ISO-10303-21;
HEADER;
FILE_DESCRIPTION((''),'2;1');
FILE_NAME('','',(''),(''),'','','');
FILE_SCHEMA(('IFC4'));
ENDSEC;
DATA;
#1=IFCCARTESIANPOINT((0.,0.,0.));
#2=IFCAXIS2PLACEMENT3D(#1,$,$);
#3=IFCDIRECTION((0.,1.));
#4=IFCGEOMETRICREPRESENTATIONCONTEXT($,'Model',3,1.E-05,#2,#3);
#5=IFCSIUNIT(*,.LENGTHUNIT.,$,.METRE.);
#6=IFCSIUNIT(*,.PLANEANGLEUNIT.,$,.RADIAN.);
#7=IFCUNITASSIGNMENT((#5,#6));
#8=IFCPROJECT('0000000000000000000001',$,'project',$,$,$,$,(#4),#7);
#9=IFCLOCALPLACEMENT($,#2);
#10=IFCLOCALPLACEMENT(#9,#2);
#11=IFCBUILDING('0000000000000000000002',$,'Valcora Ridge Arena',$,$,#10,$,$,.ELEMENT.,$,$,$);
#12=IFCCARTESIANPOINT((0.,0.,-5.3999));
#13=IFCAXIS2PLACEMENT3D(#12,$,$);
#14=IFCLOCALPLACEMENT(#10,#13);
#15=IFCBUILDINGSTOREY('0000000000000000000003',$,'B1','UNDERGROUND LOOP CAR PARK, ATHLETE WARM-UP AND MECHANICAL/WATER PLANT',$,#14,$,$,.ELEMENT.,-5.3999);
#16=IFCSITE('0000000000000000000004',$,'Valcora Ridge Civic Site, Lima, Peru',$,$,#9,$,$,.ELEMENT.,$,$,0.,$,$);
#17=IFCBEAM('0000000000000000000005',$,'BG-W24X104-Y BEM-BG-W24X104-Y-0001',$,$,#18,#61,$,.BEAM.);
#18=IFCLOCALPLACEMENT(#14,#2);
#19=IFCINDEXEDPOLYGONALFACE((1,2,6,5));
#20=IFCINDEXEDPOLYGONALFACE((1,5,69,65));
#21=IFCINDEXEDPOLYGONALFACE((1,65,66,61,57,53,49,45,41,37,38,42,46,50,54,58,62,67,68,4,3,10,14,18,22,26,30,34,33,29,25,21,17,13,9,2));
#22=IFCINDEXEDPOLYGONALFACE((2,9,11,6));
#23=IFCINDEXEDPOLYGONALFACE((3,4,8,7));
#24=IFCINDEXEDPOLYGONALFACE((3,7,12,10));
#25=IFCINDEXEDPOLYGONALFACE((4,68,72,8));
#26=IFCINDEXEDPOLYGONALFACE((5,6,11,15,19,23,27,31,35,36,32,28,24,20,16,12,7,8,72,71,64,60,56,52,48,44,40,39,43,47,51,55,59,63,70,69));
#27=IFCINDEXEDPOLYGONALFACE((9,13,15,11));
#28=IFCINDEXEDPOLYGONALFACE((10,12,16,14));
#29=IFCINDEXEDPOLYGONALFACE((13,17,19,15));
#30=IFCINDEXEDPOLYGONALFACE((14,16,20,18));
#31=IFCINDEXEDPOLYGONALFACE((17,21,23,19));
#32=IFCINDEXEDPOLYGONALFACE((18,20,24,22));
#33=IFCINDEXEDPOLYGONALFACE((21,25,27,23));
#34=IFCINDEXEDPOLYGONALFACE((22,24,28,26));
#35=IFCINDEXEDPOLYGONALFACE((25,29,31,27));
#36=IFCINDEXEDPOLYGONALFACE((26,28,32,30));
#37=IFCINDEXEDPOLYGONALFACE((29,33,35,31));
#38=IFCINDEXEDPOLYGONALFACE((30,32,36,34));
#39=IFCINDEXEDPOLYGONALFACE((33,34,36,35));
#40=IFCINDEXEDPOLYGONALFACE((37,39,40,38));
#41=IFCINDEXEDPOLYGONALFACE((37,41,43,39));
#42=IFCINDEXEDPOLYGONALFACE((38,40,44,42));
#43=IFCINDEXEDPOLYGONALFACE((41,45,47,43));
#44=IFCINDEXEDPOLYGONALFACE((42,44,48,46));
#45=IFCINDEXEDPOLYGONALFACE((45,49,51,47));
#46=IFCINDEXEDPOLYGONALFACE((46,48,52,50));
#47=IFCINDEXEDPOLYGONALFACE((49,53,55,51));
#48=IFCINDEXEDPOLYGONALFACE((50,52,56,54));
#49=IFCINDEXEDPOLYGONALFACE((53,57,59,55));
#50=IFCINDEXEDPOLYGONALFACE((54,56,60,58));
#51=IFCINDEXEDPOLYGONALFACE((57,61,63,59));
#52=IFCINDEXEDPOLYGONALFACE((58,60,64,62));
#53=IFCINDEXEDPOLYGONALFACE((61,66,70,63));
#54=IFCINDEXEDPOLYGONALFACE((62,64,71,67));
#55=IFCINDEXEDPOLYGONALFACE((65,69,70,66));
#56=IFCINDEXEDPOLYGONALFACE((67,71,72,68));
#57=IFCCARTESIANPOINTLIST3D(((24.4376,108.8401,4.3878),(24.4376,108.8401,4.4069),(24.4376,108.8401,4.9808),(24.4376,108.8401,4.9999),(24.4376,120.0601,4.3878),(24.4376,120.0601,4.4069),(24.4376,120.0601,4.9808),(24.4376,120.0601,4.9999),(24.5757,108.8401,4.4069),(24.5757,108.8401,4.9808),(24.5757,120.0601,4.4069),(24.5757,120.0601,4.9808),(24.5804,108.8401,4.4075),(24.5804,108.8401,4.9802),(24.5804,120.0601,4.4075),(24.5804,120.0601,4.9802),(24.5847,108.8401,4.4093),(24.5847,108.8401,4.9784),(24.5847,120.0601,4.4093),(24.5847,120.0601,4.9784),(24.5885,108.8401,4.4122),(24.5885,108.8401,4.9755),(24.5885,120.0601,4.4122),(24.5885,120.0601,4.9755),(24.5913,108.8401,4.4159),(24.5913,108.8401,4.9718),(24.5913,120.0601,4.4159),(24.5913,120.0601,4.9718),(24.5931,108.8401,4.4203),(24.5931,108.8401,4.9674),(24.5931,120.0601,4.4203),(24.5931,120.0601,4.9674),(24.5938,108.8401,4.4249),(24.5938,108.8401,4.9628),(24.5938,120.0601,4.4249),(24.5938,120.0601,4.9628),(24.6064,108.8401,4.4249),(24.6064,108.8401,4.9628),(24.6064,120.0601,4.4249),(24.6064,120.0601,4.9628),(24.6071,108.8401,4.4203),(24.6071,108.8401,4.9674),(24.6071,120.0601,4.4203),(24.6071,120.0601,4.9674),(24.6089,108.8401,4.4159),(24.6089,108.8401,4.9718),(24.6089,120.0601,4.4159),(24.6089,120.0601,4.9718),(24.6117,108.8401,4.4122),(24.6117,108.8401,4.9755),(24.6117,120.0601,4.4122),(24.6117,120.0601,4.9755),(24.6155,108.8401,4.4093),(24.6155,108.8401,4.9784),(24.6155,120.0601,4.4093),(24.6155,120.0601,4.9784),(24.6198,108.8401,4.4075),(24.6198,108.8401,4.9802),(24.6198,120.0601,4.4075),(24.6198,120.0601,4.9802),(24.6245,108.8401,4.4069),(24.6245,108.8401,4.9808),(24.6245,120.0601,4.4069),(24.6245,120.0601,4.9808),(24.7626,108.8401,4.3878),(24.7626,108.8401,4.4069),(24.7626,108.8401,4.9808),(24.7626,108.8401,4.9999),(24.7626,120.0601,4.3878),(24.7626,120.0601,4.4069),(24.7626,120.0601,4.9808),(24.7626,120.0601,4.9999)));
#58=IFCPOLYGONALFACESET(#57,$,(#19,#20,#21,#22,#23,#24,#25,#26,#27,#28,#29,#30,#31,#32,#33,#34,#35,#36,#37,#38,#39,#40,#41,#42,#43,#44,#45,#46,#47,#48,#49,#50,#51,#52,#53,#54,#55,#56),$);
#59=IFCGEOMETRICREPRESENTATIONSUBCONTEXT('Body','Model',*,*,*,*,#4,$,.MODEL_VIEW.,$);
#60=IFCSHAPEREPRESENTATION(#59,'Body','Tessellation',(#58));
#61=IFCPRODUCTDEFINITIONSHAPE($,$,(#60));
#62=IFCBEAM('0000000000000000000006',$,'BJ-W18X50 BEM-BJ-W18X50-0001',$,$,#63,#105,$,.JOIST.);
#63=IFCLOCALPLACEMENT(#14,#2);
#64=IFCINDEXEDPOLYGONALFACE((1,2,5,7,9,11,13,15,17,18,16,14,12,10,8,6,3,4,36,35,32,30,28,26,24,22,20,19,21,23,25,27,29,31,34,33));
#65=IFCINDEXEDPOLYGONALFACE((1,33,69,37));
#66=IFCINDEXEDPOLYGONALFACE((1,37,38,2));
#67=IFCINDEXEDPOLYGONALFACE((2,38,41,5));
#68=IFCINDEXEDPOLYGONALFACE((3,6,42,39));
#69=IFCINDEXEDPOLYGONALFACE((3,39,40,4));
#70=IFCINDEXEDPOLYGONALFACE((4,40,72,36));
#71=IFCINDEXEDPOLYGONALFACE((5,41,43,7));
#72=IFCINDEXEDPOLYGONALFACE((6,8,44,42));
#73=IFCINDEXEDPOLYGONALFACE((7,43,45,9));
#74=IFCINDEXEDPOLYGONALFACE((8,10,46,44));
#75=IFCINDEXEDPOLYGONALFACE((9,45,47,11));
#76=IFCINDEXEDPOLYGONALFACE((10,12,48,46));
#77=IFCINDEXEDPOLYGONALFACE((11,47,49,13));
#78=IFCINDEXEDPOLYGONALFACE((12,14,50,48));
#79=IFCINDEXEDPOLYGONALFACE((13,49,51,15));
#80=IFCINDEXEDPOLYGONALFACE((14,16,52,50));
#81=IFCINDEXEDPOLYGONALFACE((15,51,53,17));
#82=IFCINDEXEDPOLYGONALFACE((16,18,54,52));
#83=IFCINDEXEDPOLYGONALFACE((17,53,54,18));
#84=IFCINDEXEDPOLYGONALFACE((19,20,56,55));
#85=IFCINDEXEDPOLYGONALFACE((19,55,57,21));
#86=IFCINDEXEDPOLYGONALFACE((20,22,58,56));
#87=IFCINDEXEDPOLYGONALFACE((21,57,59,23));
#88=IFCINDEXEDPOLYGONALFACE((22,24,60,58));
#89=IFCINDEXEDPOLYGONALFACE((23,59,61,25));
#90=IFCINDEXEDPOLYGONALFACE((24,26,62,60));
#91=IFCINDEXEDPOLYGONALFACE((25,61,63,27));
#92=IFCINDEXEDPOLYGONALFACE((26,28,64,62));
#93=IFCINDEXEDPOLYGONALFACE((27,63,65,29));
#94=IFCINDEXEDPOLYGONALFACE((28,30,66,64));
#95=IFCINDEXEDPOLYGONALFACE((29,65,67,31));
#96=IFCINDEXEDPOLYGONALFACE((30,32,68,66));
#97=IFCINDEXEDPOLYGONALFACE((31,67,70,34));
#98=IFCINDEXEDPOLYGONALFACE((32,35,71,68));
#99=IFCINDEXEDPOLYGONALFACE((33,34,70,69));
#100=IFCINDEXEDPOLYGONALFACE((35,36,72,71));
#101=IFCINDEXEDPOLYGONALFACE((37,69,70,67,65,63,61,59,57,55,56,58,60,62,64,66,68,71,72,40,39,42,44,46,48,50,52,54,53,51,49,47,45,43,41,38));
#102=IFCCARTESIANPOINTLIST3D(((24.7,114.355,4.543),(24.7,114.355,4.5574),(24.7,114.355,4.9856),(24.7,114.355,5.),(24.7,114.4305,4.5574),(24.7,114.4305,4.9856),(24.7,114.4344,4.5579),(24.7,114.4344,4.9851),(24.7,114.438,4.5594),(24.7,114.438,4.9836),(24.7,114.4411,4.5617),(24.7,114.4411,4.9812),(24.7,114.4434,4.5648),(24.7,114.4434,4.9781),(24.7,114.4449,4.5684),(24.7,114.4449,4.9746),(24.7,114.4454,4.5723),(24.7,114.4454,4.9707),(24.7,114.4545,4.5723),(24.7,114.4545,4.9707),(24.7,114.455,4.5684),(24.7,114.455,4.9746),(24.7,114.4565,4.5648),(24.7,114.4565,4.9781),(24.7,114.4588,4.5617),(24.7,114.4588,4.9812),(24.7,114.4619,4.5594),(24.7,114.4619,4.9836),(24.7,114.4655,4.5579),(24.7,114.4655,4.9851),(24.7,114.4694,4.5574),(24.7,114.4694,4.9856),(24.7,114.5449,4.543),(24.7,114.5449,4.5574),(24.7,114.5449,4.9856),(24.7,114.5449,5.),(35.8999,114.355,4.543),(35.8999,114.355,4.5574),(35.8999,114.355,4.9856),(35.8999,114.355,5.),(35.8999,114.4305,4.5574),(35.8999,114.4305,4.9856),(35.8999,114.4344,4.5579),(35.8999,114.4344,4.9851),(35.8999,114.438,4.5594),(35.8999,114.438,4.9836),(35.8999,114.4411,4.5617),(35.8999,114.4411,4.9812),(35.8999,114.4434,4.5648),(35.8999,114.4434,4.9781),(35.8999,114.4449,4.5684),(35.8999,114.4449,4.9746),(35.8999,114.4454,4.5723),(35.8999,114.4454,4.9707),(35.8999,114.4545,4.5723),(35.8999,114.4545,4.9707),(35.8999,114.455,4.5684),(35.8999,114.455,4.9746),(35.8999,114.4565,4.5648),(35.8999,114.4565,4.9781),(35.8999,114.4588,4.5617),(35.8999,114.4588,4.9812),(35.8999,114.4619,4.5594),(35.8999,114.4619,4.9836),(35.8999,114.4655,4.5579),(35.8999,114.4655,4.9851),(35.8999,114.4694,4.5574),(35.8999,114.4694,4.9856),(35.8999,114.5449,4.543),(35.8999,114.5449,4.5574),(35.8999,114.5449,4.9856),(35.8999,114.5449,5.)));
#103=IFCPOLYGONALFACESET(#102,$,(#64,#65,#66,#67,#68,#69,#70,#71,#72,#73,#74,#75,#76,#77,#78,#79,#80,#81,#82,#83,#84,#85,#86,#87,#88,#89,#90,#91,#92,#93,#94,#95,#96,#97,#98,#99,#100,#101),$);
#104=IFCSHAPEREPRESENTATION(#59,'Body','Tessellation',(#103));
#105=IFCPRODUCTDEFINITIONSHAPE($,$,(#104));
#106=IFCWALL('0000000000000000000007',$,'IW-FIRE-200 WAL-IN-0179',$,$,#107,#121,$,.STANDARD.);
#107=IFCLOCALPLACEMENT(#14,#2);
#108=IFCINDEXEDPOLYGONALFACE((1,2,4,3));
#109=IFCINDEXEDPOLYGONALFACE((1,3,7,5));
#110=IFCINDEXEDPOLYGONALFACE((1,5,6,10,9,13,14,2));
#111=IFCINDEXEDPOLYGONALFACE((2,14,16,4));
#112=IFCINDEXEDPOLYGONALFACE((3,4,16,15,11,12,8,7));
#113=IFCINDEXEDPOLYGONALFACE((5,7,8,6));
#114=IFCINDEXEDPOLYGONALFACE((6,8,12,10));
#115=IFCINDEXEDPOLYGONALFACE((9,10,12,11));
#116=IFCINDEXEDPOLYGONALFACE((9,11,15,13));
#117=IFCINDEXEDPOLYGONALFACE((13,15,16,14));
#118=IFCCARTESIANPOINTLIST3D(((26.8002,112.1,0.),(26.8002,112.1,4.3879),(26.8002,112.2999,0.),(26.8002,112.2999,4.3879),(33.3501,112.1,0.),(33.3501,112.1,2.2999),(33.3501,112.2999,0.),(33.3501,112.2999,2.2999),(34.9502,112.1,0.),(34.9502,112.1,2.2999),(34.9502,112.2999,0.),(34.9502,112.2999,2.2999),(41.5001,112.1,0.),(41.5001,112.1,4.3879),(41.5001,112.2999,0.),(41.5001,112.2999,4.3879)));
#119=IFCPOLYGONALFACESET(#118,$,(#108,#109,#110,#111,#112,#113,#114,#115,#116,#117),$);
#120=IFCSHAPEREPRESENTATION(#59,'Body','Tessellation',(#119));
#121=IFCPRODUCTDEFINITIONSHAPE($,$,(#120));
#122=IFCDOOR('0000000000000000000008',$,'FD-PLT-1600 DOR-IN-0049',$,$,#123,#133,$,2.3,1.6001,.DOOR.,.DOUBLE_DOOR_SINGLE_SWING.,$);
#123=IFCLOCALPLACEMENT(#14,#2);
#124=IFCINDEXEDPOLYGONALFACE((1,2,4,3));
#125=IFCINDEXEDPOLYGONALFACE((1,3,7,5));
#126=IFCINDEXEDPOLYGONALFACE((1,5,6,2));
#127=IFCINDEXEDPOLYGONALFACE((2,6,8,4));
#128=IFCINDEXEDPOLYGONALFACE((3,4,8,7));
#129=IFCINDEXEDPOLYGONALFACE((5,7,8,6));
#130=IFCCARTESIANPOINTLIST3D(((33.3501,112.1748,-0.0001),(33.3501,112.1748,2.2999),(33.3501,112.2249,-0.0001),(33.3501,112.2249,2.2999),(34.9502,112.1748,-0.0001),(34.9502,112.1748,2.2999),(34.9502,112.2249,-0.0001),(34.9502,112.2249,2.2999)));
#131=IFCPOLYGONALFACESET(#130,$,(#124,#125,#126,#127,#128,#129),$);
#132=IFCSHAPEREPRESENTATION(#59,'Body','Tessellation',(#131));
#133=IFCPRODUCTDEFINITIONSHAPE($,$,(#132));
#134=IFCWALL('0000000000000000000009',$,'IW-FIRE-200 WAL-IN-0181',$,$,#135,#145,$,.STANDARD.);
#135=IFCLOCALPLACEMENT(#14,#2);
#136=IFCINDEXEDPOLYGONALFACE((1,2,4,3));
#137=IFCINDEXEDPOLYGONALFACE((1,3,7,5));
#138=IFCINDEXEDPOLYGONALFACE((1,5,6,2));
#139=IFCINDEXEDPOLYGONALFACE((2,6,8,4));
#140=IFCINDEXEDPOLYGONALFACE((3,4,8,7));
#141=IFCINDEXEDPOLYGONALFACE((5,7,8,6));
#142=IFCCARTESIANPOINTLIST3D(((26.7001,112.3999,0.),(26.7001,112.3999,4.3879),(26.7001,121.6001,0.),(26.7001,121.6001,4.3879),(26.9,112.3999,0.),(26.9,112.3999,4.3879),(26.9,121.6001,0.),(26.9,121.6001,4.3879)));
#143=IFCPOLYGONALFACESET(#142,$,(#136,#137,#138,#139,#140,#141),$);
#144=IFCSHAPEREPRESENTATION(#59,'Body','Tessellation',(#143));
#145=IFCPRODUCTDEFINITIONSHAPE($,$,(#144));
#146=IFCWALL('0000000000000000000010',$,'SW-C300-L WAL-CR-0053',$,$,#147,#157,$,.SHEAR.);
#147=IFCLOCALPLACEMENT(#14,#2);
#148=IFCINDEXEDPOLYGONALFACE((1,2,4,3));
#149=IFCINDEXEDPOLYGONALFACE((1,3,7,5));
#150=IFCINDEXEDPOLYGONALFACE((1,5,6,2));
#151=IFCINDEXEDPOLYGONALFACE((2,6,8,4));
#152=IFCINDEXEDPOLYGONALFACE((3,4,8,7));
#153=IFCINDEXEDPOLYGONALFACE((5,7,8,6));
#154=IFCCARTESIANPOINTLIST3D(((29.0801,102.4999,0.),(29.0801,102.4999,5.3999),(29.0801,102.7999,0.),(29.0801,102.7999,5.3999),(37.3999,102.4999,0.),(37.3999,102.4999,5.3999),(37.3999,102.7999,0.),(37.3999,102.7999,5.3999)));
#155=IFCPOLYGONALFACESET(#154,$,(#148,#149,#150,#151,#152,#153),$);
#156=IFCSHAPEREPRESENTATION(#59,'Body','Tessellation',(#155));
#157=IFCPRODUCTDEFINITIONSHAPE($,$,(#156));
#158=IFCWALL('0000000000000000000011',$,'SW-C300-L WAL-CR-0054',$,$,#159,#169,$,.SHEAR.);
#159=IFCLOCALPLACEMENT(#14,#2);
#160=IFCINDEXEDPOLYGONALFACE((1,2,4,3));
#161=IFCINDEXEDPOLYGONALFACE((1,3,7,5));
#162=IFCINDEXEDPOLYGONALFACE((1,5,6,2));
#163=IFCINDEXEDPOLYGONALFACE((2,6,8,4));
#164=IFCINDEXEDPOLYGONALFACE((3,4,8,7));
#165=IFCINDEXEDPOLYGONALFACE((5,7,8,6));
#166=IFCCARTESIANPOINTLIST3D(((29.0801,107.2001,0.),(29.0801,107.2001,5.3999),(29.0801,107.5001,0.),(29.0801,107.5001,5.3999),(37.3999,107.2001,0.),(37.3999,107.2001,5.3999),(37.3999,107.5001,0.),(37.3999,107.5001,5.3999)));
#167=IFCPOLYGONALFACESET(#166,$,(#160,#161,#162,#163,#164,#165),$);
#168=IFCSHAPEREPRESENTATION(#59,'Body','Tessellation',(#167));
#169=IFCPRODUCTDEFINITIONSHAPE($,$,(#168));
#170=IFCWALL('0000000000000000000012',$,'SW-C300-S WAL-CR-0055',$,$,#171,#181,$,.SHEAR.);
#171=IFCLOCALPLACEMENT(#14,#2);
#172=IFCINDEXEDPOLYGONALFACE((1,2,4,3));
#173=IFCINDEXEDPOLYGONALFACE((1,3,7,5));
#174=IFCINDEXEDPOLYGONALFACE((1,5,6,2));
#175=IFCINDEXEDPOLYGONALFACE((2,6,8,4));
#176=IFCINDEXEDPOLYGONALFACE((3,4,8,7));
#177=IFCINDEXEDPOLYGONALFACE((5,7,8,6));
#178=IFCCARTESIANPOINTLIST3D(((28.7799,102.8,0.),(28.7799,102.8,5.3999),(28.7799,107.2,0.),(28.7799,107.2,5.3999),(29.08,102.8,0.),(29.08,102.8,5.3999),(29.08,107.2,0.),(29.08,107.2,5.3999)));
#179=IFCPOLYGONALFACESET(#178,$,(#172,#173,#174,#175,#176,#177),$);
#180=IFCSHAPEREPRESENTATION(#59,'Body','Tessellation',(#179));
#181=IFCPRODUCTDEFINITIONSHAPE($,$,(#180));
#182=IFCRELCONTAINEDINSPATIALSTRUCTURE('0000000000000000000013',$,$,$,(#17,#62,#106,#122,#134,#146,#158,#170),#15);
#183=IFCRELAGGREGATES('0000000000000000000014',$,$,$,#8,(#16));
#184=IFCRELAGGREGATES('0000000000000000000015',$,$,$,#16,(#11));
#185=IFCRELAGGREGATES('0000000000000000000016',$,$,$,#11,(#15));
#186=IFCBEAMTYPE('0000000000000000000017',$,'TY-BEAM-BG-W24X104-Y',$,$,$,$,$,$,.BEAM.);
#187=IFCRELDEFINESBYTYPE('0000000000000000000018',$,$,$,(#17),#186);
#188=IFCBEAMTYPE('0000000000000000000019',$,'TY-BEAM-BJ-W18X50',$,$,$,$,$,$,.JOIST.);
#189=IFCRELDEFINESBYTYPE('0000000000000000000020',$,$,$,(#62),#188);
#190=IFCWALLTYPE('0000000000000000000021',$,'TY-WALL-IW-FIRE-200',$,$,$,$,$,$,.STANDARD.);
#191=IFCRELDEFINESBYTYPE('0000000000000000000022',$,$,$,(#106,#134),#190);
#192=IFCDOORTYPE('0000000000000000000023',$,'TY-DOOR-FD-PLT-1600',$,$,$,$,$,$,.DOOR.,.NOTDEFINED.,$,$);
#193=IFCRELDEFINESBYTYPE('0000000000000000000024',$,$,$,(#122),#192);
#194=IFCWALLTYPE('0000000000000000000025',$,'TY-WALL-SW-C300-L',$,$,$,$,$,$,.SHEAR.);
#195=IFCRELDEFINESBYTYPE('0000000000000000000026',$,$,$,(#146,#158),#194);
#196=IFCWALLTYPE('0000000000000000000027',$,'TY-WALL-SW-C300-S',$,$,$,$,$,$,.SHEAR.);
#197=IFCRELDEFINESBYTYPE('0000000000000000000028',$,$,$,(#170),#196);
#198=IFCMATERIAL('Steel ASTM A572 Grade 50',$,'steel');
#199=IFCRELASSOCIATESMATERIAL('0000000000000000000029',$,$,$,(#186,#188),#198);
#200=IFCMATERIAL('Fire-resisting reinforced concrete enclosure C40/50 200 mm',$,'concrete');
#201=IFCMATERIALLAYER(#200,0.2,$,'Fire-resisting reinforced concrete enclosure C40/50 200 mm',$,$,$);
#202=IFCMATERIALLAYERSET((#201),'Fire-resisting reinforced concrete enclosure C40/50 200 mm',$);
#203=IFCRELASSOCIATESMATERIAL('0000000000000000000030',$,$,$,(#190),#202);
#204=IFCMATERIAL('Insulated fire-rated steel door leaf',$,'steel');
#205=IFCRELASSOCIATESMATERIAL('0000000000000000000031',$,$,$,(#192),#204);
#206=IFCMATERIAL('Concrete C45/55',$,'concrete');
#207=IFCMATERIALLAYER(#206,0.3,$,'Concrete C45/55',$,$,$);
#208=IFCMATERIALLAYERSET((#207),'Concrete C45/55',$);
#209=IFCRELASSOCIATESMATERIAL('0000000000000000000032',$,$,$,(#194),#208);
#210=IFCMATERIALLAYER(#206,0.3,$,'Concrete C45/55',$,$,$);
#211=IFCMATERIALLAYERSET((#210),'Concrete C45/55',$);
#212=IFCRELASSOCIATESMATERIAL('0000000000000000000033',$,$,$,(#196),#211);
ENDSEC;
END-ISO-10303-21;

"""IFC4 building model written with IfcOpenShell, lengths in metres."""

from ifc_helpers import new_model, si_unit, direction, frame, frame_2d, origin, origin_2d, place, context, subcontext, project, spatial, rectangle, i_section, extrude, material, layer, layer_set, material_profile, profile_set, type_object, element, fill, save


model = new_model("IFC4")

# Units and contexts
model_context = context("Model", 3, precision=1e-05, world=origin(), true_north=direction((0.0, 1.0)))
body_context = subcontext(model_context, "Body", "Model", "MODEL_VIEW")
ifc_project = project(units=[si_unit("LENGTHUNIT", "METRE"), si_unit("PLANEANGLEUNIT", "RADIAN")], contexts=[model_context])

# Site, building, storey
site_placement = place(None, origin())
site = spatial("IfcSite", under=ifc_project, at=site_placement, Name="Valcora Ridge Civic Site, Lima, Peru", CompositionType="ELEMENT", RefElevation=0.0)
building_placement = place(site_placement, origin())
building = spatial("IfcBuilding", under=site, at=building_placement, Name="Valcora Ridge Arena", CompositionType="ELEMENT")
storey_placement = place(building_placement, frame((0.0, 0.0, -5.3999)))
storey = spatial("IfcBuildingStorey", under=building, at=storey_placement, Name="B1", Description="UNDERGROUND LOOP CAR PARK, ATHLETE WARM-UP AND MECHANICAL/WATER PLANT", CompositionType="ELEMENT", Elevation=-5.3999)

# Beams
ifc_material_1 = material(Name="Steel ASTM A572 Grade 50", Category="steel")
ifc_material_profile_1 = material_profile(ifc_material_1, i_section(OverallWidth=0.325, OverallDepth=0.6121, WebThickness=0.0127, FlangeThickness=0.019, FilletRadius=0.0181, at=origin_2d()), Name="W24X104")
ifc_profile_set_1 = profile_set([ifc_material_profile_1], Name="Steel ASTM A572 Grade 50")
beam_type_1 = type_object("IfcBeamType", Name="TY-BEAM-BG-W24X104-Y", PredefinedType="BEAM", material=ifc_profile_set_1)
beam_1_placement = place(storey_placement, frame((24.6001, 108.8401, 4.6938), z_axis=(0.0, 1.0, 0.0), x_axis=(-1.0, 0.0, 0.0)))
element("IfcBeam", 1, at=beam_1_placement, inside=storey, type_object=beam_type_1, Name="BG-W24X104-Y BEM-BG-W24X104-Y-0001", PredefinedType="BEAM", context=body_context, shape_type="SweptSolid", body=[
    extrude(i_section(OverallWidth=0.325, OverallDepth=0.6121, WebThickness=0.0127, FlangeThickness=0.019, FilletRadius=0.0181, at=origin_2d()), origin(), (0.0, 0.0, 1.0), 11.22),
])
ifc_material_profile_2 = material_profile(ifc_material_1, i_section(OverallWidth=0.1899, OverallDepth=0.457, WebThickness=0.009, FlangeThickness=0.0144, FilletRadius=0.0149, at=origin_2d()), Name="W18X50")
ifc_profile_set_2 = profile_set([ifc_material_profile_2], Name="Steel ASTM A572 Grade 50")
beam_type_2 = type_object("IfcBeamType", Name="TY-BEAM-BJ-W18X50", PredefinedType="JOIST", material=ifc_profile_set_2)
beam_2_placement = place(storey_placement, frame((24.7, 114.45, 4.7715), z_axis=(1.0, 0.0, 0.0), x_axis=(0.0, 1.0, 0.0)))
element("IfcBeam", 2, at=beam_2_placement, inside=storey, type_object=beam_type_2, Name="BJ-W18X50 BEM-BJ-W18X50-0001", PredefinedType="JOIST", context=body_context, shape_type="SweptSolid", body=[
    extrude(i_section(OverallWidth=0.1899, OverallDepth=0.457, WebThickness=0.009, FlangeThickness=0.0144, FilletRadius=0.0149, at=origin_2d()), origin(), (0.0, 0.0, 1.0), 11.2),
])

# Wall, opening, door
ifc_material_2 = material(Name="Fire-resisting reinforced concrete enclosure C40/50 200 mm", Category="concrete")
ifc_layer_1 = layer(ifc_material_2, 0.2, Name="Fire-resisting reinforced concrete enclosure C40/50 200 mm")
ifc_layer_set_1 = layer_set([ifc_layer_1], Name="Fire-resisting reinforced concrete enclosure C40/50 200 mm")
wall_type_1 = type_object("IfcWallType", Name="TY-WALL-IW-FIRE-200", PredefinedType="STANDARD", material=ifc_layer_set_1)
wall_1_placement = place(storey_placement, frame((26.8, 112.2, 0.0), z_axis=(0.0, 0.0, 1.0), x_axis=(1.0, 0.0, 0.0)))
wall_1 = element("IfcWall", 3, at=wall_1_placement, inside=storey, type_object=wall_type_1, Name="IW-FIRE-200 WAL-IN-0179", PredefinedType="STANDARD", context=body_context, shape_type="SweptSolid", body=[
    extrude(rectangle(XDim=14.7, YDim=0.2, at=frame_2d((7.3501, 0.0))), origin(), (0.0, 0.0, 1.0), 4.3879),
])
opening_placement = place(wall_1_placement, frame((6.55, 0.0, 0.0)))
opening = element("IfcOpeningElement", 4, at=opening_placement, cuts=wall_1, PredefinedType="OPENING", context=body_context, shape_type="SweptSolid", body=[
    extrude(rectangle(XDim=1.6001, YDim=2.3, at=frame_2d((0.8, 1.1499))), frame((0.0, 0.1099, 0.0), z_axis=(0.0, -1.0, 0.0), x_axis=(1.0, 0.0, 0.0)), (0.0, 0.0, 1.0), 0.22),
])
ifc_material_3 = material(Name="Insulated fire-rated steel door leaf", Category="steel")
door_type = type_object("IfcDoorType", Name="TY-DOOR-FD-PLT-1600", OperationType="NOTDEFINED", PredefinedType="DOOR", material=ifc_material_3)
door_placement = place(opening_placement, origin())
door = element("IfcDoor", 5, at=door_placement, inside=storey, type_object=door_type, Name="FD-PLT-1600 DOR-IN-0049", OperationType="DOUBLE_DOOR_SINGLE_SWING", OverallHeight=2.3, OverallWidth=1.6001, PredefinedType="DOOR", context=body_context, shape_type="SweptSolid", body=[
    extrude(rectangle(XDim=1.6001, YDim=2.3, at=frame_2d((0.8, 1.1499))), frame((0.0, 0.0249, 0.0), z_axis=(0.0, -1.0, 0.0), x_axis=(1.0, 0.0, 0.0)), (0.0, 0.0, 1.0), 0.05),
])
fill(opening, door)

# Walls
wall_2_placement = place(storey_placement, frame((26.8, 112.3999, 0.0), z_axis=(0.0, 0.0, 1.0), x_axis=(0.0, 1.0, 0.0)))
element("IfcWall", 6, at=wall_2_placement, inside=storey, type_object=wall_type_1, Name="IW-FIRE-200 WAL-IN-0181", PredefinedType="STANDARD", context=body_context, shape_type="SweptSolid", body=[
    extrude(rectangle(XDim=9.2002, YDim=0.2, at=frame_2d((4.6001, 0.0))), origin(), (0.0, 0.0, 1.0), 4.3879),
])
ifc_material_4 = material(Name="Concrete C45/55", Category="concrete")
ifc_layer_2 = layer(ifc_material_4, 0.3, Name="Concrete C45/55")
ifc_layer_set_2 = layer_set([ifc_layer_2], Name="Concrete C45/55")
wall_type_2 = type_object("IfcWallType", Name="TY-WALL-SW-C300-L", PredefinedType="SHEAR", material=ifc_layer_set_2)
for number, where, z_axis, x_axis, name in (
    (7, (29.0801, 102.6499, 0.0), (0.0, 0.0, 1.0), (1.0, 0.0, 0.0), "SW-C300-L WAL-CR-0053"),
    (8, (29.0801, 107.3501, 0.0), (0.0, 0.0, 1.0), (1.0, 0.0, 0.0), "SW-C300-L WAL-CR-0054"),
):
    element("IfcWall", number, at=place(storey_placement, frame(where, z_axis=z_axis, x_axis=x_axis)), inside=storey, type_object=wall_type_2, Name=name, PredefinedType="SHEAR", context=body_context, shape_type="SweptSolid", body=[
        extrude(rectangle(XDim=8.3198, YDim=0.3, at=frame_2d((4.1599, 0.0))), origin(), (0.0, 0.0, 1.0), 5.3999),
    ])
ifc_layer_3 = layer(ifc_material_4, 0.3, Name="Concrete C45/55")
ifc_layer_set_3 = layer_set([ifc_layer_3], Name="Concrete C45/55")
wall_type_3 = type_object("IfcWallType", Name="TY-WALL-SW-C300-S", PredefinedType="SHEAR", material=ifc_layer_set_3)
wall_3_placement = place(storey_placement, frame((28.9299, 102.8, 0.0), z_axis=(0.0, 0.0, 1.0), x_axis=(0.0, 1.0, 0.0)))
element("IfcWall", 9, at=wall_3_placement, inside=storey, type_object=wall_type_3, Name="SW-C300-S WAL-CR-0055", PredefinedType="SHEAR", context=body_context, shape_type="SweptSolid", body=[
    extrude(rectangle(XDim=4.3999, YDim=0.3, at=frame_2d((2.2, 0.0))), origin(), (0.0, 0.0, 1.0), 5.3999),
])

save(model, "model.ifc")
